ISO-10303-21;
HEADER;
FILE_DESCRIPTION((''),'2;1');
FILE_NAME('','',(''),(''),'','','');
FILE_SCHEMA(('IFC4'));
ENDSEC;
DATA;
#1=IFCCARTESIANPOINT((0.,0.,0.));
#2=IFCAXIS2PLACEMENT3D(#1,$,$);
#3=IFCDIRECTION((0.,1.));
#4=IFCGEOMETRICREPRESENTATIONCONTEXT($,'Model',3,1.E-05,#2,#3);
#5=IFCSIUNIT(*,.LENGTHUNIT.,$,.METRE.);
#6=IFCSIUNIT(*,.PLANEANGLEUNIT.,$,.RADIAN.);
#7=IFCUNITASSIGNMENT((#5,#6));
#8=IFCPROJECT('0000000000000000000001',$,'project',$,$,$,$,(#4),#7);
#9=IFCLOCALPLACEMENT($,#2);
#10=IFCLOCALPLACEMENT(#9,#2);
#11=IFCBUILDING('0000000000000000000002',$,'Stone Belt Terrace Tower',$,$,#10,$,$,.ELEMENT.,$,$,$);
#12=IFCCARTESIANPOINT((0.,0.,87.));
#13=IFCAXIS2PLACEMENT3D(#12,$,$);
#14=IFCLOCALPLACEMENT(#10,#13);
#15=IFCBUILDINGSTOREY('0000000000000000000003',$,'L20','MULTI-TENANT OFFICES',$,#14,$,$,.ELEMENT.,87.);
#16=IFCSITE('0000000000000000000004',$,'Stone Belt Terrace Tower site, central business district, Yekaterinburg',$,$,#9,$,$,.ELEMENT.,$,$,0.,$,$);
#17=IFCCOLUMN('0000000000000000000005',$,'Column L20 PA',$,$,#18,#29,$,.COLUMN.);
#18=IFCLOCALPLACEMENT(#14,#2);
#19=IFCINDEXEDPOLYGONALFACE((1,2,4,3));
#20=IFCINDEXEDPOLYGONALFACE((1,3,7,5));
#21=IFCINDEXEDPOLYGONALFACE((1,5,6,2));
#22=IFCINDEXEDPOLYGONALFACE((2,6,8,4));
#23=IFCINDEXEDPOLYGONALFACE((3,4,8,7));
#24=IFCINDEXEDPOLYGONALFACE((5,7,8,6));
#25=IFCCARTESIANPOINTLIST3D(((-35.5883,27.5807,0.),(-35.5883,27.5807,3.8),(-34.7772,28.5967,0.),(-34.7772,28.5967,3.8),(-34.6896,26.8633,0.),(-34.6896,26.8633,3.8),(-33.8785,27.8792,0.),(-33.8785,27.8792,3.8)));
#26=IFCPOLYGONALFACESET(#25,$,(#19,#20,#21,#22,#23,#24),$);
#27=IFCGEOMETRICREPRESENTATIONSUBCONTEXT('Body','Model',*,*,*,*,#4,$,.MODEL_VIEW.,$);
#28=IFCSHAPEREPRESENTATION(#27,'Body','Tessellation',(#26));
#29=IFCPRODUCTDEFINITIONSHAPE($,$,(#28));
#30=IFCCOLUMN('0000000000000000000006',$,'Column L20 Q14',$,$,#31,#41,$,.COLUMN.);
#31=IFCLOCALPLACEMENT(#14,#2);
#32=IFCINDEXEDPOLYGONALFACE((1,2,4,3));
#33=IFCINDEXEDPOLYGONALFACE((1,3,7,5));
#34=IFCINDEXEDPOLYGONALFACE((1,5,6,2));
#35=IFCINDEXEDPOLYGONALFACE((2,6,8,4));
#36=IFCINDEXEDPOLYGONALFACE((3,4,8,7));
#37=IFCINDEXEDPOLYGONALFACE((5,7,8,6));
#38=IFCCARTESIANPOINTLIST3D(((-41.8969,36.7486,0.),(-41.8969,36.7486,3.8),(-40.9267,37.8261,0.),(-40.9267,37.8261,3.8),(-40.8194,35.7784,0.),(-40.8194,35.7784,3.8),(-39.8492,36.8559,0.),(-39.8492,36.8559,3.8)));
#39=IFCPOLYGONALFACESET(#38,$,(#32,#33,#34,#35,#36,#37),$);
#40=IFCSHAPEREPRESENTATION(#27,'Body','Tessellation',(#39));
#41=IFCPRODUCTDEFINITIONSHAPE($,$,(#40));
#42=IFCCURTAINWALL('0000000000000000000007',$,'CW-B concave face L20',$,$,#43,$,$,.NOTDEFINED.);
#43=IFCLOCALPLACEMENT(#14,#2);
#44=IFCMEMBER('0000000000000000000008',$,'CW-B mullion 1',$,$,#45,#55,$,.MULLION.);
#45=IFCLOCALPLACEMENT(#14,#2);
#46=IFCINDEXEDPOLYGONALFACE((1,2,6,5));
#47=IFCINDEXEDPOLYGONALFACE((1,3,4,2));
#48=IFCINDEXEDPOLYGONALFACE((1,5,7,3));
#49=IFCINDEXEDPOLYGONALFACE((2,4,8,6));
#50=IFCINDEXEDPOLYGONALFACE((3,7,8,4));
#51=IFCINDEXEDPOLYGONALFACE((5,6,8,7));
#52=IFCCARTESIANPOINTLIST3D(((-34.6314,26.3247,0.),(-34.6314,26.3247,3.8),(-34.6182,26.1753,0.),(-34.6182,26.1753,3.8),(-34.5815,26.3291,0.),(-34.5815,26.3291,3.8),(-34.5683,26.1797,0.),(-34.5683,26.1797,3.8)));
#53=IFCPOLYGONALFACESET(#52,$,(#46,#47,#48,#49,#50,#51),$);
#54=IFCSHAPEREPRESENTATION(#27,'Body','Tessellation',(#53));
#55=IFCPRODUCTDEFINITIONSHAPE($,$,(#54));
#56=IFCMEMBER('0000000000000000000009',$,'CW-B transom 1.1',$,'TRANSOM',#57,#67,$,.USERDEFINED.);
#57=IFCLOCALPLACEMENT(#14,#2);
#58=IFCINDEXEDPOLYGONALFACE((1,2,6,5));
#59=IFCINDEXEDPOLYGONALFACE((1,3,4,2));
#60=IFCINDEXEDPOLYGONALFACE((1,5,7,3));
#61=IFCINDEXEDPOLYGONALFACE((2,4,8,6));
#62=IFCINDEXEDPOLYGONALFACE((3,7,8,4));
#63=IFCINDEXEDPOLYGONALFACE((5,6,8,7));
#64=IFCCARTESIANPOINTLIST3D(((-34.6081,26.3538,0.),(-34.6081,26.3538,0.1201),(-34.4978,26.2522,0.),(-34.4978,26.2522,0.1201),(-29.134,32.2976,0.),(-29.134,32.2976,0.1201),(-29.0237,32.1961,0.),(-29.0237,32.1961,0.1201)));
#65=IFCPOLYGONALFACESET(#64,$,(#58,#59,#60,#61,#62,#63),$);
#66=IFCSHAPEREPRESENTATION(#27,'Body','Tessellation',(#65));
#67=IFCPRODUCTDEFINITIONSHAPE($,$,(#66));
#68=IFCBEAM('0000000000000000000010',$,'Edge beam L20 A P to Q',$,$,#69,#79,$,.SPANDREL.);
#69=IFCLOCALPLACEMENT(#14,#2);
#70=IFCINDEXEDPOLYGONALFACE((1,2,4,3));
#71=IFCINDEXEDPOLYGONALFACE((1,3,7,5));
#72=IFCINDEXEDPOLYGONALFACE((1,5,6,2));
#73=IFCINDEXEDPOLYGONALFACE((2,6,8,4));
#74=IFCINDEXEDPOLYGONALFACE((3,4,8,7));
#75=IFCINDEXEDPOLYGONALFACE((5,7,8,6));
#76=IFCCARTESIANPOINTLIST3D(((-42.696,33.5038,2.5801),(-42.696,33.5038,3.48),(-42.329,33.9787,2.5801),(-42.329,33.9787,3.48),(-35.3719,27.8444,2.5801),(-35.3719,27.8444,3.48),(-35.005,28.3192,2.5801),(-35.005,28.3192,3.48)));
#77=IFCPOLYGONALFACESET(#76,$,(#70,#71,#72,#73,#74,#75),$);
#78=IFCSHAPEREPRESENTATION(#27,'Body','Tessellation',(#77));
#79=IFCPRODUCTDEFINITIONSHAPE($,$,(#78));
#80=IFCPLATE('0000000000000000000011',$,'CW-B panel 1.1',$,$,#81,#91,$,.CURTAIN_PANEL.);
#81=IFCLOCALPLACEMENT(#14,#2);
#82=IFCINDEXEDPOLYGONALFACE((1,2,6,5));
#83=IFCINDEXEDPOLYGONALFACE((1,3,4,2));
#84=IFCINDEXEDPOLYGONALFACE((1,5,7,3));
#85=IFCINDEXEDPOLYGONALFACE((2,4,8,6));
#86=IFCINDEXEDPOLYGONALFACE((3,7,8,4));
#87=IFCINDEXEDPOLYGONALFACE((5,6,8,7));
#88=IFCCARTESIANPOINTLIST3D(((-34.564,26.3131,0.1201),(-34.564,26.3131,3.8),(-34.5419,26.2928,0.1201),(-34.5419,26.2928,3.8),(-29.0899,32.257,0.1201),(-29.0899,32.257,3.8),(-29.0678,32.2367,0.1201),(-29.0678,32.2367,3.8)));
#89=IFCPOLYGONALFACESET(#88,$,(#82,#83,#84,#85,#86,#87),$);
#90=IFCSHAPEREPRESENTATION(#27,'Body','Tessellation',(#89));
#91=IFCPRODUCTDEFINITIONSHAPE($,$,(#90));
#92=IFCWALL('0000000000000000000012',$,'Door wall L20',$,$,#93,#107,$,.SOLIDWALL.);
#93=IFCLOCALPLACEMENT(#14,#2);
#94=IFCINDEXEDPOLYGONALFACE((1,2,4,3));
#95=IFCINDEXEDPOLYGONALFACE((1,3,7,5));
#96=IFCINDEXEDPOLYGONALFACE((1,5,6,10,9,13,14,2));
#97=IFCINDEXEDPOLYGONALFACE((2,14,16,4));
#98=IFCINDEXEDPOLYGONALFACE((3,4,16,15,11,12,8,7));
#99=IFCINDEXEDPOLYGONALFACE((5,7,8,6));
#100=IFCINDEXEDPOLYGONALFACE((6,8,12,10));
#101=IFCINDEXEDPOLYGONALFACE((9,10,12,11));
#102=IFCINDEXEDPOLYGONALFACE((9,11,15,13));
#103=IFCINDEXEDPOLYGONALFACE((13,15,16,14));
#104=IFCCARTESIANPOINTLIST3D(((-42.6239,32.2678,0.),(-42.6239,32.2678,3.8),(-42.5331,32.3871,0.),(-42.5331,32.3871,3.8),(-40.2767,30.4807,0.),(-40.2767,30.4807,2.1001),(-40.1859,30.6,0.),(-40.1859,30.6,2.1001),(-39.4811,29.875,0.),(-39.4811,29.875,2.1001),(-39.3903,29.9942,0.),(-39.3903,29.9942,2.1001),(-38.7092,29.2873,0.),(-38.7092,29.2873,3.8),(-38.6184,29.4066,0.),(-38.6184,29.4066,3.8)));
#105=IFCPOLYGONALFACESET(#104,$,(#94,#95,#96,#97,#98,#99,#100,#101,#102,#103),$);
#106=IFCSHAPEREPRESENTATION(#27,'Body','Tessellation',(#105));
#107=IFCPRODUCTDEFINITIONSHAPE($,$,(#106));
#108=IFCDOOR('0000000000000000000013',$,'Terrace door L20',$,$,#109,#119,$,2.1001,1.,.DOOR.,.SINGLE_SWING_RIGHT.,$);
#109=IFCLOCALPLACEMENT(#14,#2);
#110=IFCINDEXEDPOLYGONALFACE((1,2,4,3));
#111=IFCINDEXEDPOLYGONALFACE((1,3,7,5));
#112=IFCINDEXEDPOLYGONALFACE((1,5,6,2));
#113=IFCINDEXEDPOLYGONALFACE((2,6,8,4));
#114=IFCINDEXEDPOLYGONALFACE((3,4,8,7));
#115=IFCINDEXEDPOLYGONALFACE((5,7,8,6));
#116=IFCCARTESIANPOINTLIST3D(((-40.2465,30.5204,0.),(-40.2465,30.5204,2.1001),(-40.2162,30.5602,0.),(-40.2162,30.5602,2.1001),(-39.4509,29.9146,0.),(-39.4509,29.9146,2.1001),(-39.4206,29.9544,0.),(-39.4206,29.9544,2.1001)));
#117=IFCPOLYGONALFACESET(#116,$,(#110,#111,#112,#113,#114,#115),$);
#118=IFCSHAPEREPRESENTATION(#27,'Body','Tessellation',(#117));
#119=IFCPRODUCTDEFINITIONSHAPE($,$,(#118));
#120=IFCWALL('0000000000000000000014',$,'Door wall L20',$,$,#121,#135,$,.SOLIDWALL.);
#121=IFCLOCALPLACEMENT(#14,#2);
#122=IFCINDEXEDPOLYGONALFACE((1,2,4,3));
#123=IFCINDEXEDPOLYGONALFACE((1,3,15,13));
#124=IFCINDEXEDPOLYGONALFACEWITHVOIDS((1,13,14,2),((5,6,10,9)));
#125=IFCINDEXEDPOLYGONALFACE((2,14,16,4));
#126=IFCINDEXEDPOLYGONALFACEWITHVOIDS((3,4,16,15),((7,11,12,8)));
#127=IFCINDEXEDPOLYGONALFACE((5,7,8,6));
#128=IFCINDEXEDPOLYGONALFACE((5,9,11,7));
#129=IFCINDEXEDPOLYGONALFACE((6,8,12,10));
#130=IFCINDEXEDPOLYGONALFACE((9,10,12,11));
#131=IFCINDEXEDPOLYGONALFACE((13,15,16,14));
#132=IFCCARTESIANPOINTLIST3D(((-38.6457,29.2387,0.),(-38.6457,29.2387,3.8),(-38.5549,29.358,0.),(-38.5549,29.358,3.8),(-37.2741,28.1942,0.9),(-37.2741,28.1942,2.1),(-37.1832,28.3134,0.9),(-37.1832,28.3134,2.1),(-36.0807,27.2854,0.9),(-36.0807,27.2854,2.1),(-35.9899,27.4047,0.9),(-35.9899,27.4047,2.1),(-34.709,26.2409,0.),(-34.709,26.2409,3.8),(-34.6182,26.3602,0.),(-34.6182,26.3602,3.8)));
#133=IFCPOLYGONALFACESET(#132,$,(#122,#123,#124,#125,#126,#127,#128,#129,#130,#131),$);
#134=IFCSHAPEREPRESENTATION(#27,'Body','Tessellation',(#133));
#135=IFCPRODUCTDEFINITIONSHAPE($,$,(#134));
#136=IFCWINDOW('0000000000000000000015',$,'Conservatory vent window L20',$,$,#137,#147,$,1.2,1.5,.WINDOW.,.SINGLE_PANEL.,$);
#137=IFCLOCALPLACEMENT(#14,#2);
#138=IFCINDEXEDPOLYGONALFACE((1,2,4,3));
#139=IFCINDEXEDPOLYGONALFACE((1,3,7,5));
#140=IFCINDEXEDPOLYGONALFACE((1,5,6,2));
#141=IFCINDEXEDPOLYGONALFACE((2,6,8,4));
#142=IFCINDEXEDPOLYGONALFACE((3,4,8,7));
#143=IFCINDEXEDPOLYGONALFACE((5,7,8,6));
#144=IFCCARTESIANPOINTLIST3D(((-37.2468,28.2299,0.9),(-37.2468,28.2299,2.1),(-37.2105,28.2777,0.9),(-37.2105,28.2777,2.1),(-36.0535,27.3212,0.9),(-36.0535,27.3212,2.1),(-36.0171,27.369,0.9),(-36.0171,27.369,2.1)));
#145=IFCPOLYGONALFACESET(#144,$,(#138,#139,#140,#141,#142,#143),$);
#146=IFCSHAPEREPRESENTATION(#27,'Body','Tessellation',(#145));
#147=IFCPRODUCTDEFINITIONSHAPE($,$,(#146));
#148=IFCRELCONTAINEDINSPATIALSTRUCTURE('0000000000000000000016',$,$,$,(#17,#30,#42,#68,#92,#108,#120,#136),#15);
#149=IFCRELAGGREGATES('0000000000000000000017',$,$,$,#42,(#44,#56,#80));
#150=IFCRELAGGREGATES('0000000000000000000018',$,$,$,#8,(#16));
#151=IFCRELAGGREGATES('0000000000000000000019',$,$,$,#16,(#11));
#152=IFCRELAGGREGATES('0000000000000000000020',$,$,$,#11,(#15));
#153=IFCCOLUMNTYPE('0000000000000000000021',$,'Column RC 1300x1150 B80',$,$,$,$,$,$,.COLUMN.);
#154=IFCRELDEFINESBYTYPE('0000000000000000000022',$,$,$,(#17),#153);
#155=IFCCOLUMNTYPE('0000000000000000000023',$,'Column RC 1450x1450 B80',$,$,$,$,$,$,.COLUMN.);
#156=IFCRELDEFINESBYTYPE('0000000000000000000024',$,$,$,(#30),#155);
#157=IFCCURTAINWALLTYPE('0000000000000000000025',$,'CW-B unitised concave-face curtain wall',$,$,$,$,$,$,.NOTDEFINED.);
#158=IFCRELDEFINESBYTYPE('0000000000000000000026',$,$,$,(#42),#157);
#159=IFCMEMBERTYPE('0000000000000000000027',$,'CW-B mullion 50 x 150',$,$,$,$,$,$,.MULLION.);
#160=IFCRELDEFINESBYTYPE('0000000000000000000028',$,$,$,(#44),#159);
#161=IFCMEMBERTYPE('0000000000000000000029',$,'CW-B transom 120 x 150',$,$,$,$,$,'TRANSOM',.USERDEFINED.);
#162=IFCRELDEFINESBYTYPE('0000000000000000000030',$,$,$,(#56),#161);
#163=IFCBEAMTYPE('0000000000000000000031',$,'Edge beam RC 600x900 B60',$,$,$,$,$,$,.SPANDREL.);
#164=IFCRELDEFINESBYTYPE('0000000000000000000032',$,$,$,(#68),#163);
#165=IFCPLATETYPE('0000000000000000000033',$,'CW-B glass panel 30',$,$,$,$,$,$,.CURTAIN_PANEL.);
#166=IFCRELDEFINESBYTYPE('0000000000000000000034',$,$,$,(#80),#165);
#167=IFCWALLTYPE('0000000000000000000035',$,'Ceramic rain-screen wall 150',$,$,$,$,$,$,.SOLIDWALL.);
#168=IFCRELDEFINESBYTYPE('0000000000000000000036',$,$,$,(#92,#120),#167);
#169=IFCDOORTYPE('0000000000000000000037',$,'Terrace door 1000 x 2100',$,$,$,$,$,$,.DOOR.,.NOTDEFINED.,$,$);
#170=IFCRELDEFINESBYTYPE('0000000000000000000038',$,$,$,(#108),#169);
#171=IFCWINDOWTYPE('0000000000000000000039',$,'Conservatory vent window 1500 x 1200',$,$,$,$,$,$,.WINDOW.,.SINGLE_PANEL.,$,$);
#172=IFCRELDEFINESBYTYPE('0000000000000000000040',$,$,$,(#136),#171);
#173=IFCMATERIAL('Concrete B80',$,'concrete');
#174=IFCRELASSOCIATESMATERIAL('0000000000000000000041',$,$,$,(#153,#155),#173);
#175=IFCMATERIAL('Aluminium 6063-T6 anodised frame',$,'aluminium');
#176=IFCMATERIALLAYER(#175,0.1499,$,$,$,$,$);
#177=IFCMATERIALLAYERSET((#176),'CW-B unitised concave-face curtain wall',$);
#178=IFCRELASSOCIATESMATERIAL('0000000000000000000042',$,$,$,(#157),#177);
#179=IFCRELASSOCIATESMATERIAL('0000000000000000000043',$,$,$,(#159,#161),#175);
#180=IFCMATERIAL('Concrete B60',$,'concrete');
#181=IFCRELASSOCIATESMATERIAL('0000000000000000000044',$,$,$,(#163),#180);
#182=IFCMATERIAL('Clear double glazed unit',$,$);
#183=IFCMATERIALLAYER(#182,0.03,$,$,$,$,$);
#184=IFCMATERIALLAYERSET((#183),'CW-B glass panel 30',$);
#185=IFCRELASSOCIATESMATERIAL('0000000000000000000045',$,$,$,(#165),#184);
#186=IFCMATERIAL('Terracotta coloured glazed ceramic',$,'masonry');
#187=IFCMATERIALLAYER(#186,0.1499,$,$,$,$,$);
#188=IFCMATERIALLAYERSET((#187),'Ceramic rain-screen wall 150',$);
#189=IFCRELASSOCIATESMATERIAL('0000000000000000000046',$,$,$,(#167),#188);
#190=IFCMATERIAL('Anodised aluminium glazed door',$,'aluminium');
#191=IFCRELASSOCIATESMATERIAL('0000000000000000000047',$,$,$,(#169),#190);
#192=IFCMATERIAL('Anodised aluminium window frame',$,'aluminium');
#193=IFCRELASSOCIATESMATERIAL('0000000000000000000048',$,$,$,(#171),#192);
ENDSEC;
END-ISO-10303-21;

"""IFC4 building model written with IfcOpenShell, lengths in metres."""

from ifc_helpers import new_model, si_unit, direction, frame, frame_2d, origin, origin_2d, place, context, subcontext, project, spatial, rectangle, extrude, material, layer, layer_set, material_profile, profile_set, type_object, element, fill, aggregate, save


model = new_model("IFC4")

# Units and contexts
model_context = context("Model", 3, precision=1e-05, world=origin(), true_north=direction((0.0, 1.0)))
body_context = subcontext(model_context, "Body", "Model", "MODEL_VIEW")
ifc_project = project(units=[si_unit("LENGTHUNIT", "METRE"), si_unit("PLANEANGLEUNIT", "RADIAN")], contexts=[model_context])

# Site, building, storey
site_placement = place(None, origin())
site = spatial("IfcSite", under=ifc_project, at=site_placement, Name="Stone Belt Terrace Tower site, central business district, Yekaterinburg", CompositionType="ELEMENT", RefElevation=0.0)
building_placement = place(site_placement, origin())
building = spatial("IfcBuilding", under=site, at=building_placement, Name="Stone Belt Terrace Tower", CompositionType="ELEMENT")
storey_placement = place(building_placement, frame((0.0, 0.0, 87.0)))
storey = spatial("IfcBuildingStorey", under=building, at=storey_placement, Name="L20", Description="MULTI-TENANT OFFICES", CompositionType="ELEMENT", Elevation=87.0)

# Columns
ifc_material_1 = material(Name="Concrete B80", Category="concrete")
ifc_material_profile_1 = material_profile(ifc_material_1, rectangle(XDim=1.3, YDim=1.1499, at=origin_2d()), Name="RC 1300x1150")
ifc_profile_set_1 = profile_set([ifc_material_profile_1], Name="Concrete B80")
column_type_1 = type_object("IfcColumnType", Name="Column RC 1300x1150 B80", PredefinedType="COLUMN", material=ifc_profile_set_1)
column_1_placement = place(storey_placement, frame((-34.7334, 27.73, 0.0), z_axis=(0.0, 0.0, 1.0), x_axis=(0.623918, 0.78149, 0.0)))
element("IfcColumn", 1, at=column_1_placement, inside=storey, type_object=column_type_1, Name="Column L20 PA", PredefinedType="COLUMN", context=body_context, shape_type="SweptSolid", body=[
    extrude(rectangle(XDim=1.3, YDim=1.1499, at=origin_2d()), origin(), (0.0, 0.0, 1.0), 3.8),
])
ifc_material_profile_2 = material_profile(ifc_material_1, rectangle(XDim=1.45, YDim=1.45, at=origin_2d()), Name="RC 1450x1450")
ifc_profile_set_2 = profile_set([ifc_material_profile_2], Name="Concrete B80")
column_type_2 = type_object("IfcColumnType", Name="Column RC 1450x1450 B80", PredefinedType="COLUMN", material=ifc_profile_set_2)
column_2_placement = place(storey_placement, frame((-40.873, 36.8022, 0.0), z_axis=(0.0, 0.0, 1.0), x_axis=(0.669131, 0.743145, 0.0)))
element("IfcColumn", 2, at=column_2_placement, inside=storey, type_object=column_type_2, Name="Column L20 Q14", PredefinedType="COLUMN", context=body_context, shape_type="SweptSolid", body=[
    extrude(rectangle(XDim=1.45, YDim=1.45, at=origin_2d()), origin(), (0.0, 0.0, 1.0), 3.8),
])

# Curtain wall, members
ifc_material_2 = material(Name="Aluminium 6063-T6 anodised frame", Category="aluminium")
ifc_layer_1 = layer(ifc_material_2, 0.1499)
ifc_layer_set_1 = layer_set([ifc_layer_1], Name="CW-B unitised concave-face curtain wall")
curtain_wall_type = type_object("IfcCurtainWallType", Name="CW-B unitised concave-face curtain wall", PredefinedType="NOTDEFINED", material=ifc_layer_set_1)
curtain_wall_placement = place(storey_placement, origin())
curtain_wall = element("IfcCurtainWall", 3, at=curtain_wall_placement, inside=storey, type_object=curtain_wall_type, Name="CW-B concave face L20", PredefinedType="NOTDEFINED")
ifc_material_profile_3 = material_profile(ifc_material_2, rectangle(XDim=0.1499, YDim=0.05, at=origin_2d()), Name="Aluminium 6063-T6 50x150")
ifc_profile_set_3 = profile_set([ifc_material_profile_3], Name="Aluminium 6063-T6 anodised frame")
member_type_1 = type_object("IfcMemberType", Name="CW-B mullion 50 x 150", PredefinedType="MULLION", material=ifc_profile_set_3)
member_1_placement = place(storey_placement, frame((-34.5999, 26.2522, 0.0), z_axis=(0.0, 0.0, 1.0), x_axis=(-0.087748, 0.996143, 0.0)))
member_1 = element("IfcMember", 4, at=member_1_placement, type_object=member_type_1, Name="CW-B mullion 1", PredefinedType="MULLION", context=body_context, shape_type="SweptSolid", body=[
    extrude(rectangle(XDim=0.1499, YDim=0.05, at=origin_2d()), origin(), (0.0, 0.0, 1.0), 3.8),
])
ifc_material_profile_4 = material_profile(ifc_material_2, rectangle(XDim=0.1499, YDim=0.1201, at=origin_2d()), Name="Aluminium 6063-T6 150x120")
ifc_profile_set_4 = profile_set([ifc_material_profile_4], Name="Aluminium 6063-T6 anodised frame")
member_type_2 = type_object("IfcMemberType", Name="CW-B transom 120 x 150", ElementType="TRANSOM", PredefinedType="USERDEFINED", material=ifc_profile_set_4)
member_2_placement = place(storey_placement, frame((-34.553, 26.303, 0.0601), z_axis=(0.677444, 0.735574, 0.0), x_axis=(-0.735574, 0.677444, 0.0)))
member_2 = element("IfcMember", 5, at=member_2_placement, type_object=member_type_2, Name="CW-B transom 1.1", ObjectType="TRANSOM", PredefinedType="USERDEFINED", context=body_context, shape_type="SweptSolid", body=[
    extrude(rectangle(XDim=0.1499, YDim=0.1201, at=origin_2d()), origin(), (0.0, 0.0, 1.0), 8.0806),
])

# Beam
ifc_material_3 = material(Name="Concrete B60", Category="concrete")
ifc_material_profile_5 = material_profile(ifc_material_3, rectangle(XDim=0.6001, YDim=0.8999, at=origin_2d()), Name="RC 600x900")
ifc_profile_set_5 = profile_set([ifc_material_profile_5], Name="Concrete B60")
beam_type = type_object("IfcBeamType", Name="Edge beam RC 600x900 B60", PredefinedType="SPANDREL", material=ifc_profile_set_5)
beam_placement = place(storey_placement, frame((-35.1885, 28.0818, 3.03), z_axis=(-0.791286, 0.611447, 0.0), x_axis=(-0.611447, -0.791286, 0.0)))
element("IfcBeam", 6, at=beam_placement, inside=storey, type_object=beam_type, Name="Edge beam L20 A P to Q", PredefinedType="SPANDREL", context=body_context, shape_type="SweptSolid", body=[
    extrude(rectangle(XDim=0.6001, YDim=0.8999, at=origin_2d()), origin(), (0.0, 0.0, 1.0), 9.2559),
])

# Plate
ifc_material_4 = material(Name="Clear double glazed unit")
ifc_layer_2 = layer(ifc_material_4, 0.03)
ifc_layer_set_2 = layer_set([ifc_layer_2], Name="CW-B glass panel 30")
plate_type = type_object("IfcPlateType", Name="CW-B glass panel 30", PredefinedType="CURTAIN_PANEL", material=ifc_layer_set_2)
plate_placement = place(storey_placement, frame((-31.8159, 29.2749, 0.1201), z_axis=(0.0, 0.0, 1.0), x_axis=(0.67744, 0.735578, 0.0)))
plate = element("IfcPlate", 7, at=plate_placement, type_object=plate_type, Name="CW-B panel 1.1", PredefinedType="CURTAIN_PANEL", context=body_context, shape_type="SweptSolid", body=[
    extrude(rectangle(XDim=8.0806, YDim=0.03, at=origin_2d()), origin(), (0.0, 0.0, 1.0), 3.6799),
])
aggregate(curtain_wall, [member_1, member_2, plate])

# Wall, opening, door
ifc_material_5 = material(Name="Terracotta coloured glazed ceramic", Category="masonry")
ifc_layer_3 = layer(ifc_material_5, 0.1499)
ifc_layer_set_3 = layer_set([ifc_layer_3], Name="Ceramic rain-screen wall 150")
wall_type_1 = type_object("IfcWallType", Name="Ceramic rain-screen wall 150", PredefinedType="SOLIDWALL", material=ifc_layer_set_3)
wall_1_placement = place(storey_placement, frame((-42.5784, 32.3274, 0.0), z_axis=(0.0, 0.0, 1.0), x_axis=(0.795632, -0.60578, 0.0)))
wall_1 = element("IfcWall", 8, at=wall_1_placement, inside=storey, type_object=wall_type_1, Name="Door wall L20", PredefinedType="SOLIDWALL", context=body_context, shape_type="SweptSolid", body=[
    extrude(rectangle(XDim=4.9202, YDim=0.1499, at=frame_2d((2.46, 0.0))), origin(), (0.0, 0.0, 1.0), 3.8),
])
opening_1_placement = place(wall_1_placement, frame((2.95, 0.0, 0.0)))
opening_1 = element("IfcOpeningElement", 9, at=opening_1_placement, cuts=wall_1, PredefinedType="OPENING", context=body_context, shape_type="SweptSolid", body=[
    extrude(rectangle(XDim=1.0, YDim=2.1001, at=frame_2d((0.5, 1.05))), frame((0.0, 0.085, 0.0), z_axis=(0.0, -1.0, 0.0), x_axis=(1.0, 0.0, 0.0)), (0.0, 0.0, 1.0), 0.1699),
])
ifc_material_6 = material(Name="Anodised aluminium glazed door", Category="aluminium")
door_type_1 = type_object("IfcDoorType", Name="Terrace door 1000 x 2100", OperationType="NOTDEFINED", PredefinedType="DOOR", material=ifc_material_6)
door_1_placement = place(opening_1_placement, origin())
door_1 = element("IfcDoor", 10, at=door_1_placement, inside=storey, type_object=door_type_1, Name="Terrace door L20", OperationType="SINGLE_SWING_RIGHT", OverallHeight=2.1001, OverallWidth=1.0, PredefinedType="DOOR", context=body_context, shape_type="SweptSolid", body=[
    extrude(rectangle(XDim=1.0, YDim=2.1001, at=frame_2d((0.5, 1.05))), frame((0.0, 0.0249, 0.0), z_axis=(0.0, -1.0, 0.0), x_axis=(1.0, 0.0, 0.0)), (0.0, 0.0, 1.0), 0.05),
])
fill(opening_1, door_1)

# Wall, opening, window
wall_2_placement = place(storey_placement, frame((-38.6003, 29.2983, 0.0), z_axis=(0.0, 0.0, 1.0), x_axis=(0.795591, -0.605834, 0.0)))
wall_2 = element("IfcWall", 11, at=wall_2_placement, inside=storey, type_object=wall_type_1, Name="Door wall L20", PredefinedType="SOLIDWALL", context=body_context, shape_type="SweptSolid", body=[
    extrude(rectangle(XDim=4.9482, YDim=0.1499, at=frame_2d((2.4741, 0.0))), origin(), (0.0, 0.0, 1.0), 3.8),
])
opening_2_placement = place(wall_2_placement, frame((1.7241, 0.0, 0.8999)))
opening_2 = element("IfcOpeningElement", 12, at=opening_2_placement, cuts=wall_2, PredefinedType="OPENING", context=body_context, shape_type="SweptSolid", body=[
    extrude(rectangle(XDim=1.5, YDim=1.2, at=frame_2d((0.75, 0.6001))), frame((0.0, 0.085, 0.0), z_axis=(0.0, -1.0, 0.0), x_axis=(1.0, 0.0, 0.0)), (0.0, 0.0, 1.0), 0.1699),
])
ifc_material_7 = material(Name="Anodised aluminium window frame", Category="aluminium")
window_type = type_object("IfcWindowType", Name="Conservatory vent window 1500 x 1200", PartitioningType="SINGLE_PANEL", PredefinedType="WINDOW", material=ifc_material_7)
window_placement = place(opening_2_placement, origin())
window = element("IfcWindow", 13, at=window_placement, inside=storey, type_object=window_type, Name="Conservatory vent window L20", OverallHeight=1.2, OverallWidth=1.5, PartitioningType="SINGLE_PANEL", PredefinedType="WINDOW", context=body_context, shape_type="SweptSolid", body=[
    extrude(rectangle(XDim=1.5, YDim=1.2, at=frame_2d((0.75, 0.6001))), frame((0.0, 0.03, 0.0), z_axis=(0.0, -1.0, 0.0), x_axis=(1.0, 0.0, 0.0)), (0.0, 0.0, 1.0), 0.0601),
])
fill(opening_2, window)

save(model, "model.ifc")
